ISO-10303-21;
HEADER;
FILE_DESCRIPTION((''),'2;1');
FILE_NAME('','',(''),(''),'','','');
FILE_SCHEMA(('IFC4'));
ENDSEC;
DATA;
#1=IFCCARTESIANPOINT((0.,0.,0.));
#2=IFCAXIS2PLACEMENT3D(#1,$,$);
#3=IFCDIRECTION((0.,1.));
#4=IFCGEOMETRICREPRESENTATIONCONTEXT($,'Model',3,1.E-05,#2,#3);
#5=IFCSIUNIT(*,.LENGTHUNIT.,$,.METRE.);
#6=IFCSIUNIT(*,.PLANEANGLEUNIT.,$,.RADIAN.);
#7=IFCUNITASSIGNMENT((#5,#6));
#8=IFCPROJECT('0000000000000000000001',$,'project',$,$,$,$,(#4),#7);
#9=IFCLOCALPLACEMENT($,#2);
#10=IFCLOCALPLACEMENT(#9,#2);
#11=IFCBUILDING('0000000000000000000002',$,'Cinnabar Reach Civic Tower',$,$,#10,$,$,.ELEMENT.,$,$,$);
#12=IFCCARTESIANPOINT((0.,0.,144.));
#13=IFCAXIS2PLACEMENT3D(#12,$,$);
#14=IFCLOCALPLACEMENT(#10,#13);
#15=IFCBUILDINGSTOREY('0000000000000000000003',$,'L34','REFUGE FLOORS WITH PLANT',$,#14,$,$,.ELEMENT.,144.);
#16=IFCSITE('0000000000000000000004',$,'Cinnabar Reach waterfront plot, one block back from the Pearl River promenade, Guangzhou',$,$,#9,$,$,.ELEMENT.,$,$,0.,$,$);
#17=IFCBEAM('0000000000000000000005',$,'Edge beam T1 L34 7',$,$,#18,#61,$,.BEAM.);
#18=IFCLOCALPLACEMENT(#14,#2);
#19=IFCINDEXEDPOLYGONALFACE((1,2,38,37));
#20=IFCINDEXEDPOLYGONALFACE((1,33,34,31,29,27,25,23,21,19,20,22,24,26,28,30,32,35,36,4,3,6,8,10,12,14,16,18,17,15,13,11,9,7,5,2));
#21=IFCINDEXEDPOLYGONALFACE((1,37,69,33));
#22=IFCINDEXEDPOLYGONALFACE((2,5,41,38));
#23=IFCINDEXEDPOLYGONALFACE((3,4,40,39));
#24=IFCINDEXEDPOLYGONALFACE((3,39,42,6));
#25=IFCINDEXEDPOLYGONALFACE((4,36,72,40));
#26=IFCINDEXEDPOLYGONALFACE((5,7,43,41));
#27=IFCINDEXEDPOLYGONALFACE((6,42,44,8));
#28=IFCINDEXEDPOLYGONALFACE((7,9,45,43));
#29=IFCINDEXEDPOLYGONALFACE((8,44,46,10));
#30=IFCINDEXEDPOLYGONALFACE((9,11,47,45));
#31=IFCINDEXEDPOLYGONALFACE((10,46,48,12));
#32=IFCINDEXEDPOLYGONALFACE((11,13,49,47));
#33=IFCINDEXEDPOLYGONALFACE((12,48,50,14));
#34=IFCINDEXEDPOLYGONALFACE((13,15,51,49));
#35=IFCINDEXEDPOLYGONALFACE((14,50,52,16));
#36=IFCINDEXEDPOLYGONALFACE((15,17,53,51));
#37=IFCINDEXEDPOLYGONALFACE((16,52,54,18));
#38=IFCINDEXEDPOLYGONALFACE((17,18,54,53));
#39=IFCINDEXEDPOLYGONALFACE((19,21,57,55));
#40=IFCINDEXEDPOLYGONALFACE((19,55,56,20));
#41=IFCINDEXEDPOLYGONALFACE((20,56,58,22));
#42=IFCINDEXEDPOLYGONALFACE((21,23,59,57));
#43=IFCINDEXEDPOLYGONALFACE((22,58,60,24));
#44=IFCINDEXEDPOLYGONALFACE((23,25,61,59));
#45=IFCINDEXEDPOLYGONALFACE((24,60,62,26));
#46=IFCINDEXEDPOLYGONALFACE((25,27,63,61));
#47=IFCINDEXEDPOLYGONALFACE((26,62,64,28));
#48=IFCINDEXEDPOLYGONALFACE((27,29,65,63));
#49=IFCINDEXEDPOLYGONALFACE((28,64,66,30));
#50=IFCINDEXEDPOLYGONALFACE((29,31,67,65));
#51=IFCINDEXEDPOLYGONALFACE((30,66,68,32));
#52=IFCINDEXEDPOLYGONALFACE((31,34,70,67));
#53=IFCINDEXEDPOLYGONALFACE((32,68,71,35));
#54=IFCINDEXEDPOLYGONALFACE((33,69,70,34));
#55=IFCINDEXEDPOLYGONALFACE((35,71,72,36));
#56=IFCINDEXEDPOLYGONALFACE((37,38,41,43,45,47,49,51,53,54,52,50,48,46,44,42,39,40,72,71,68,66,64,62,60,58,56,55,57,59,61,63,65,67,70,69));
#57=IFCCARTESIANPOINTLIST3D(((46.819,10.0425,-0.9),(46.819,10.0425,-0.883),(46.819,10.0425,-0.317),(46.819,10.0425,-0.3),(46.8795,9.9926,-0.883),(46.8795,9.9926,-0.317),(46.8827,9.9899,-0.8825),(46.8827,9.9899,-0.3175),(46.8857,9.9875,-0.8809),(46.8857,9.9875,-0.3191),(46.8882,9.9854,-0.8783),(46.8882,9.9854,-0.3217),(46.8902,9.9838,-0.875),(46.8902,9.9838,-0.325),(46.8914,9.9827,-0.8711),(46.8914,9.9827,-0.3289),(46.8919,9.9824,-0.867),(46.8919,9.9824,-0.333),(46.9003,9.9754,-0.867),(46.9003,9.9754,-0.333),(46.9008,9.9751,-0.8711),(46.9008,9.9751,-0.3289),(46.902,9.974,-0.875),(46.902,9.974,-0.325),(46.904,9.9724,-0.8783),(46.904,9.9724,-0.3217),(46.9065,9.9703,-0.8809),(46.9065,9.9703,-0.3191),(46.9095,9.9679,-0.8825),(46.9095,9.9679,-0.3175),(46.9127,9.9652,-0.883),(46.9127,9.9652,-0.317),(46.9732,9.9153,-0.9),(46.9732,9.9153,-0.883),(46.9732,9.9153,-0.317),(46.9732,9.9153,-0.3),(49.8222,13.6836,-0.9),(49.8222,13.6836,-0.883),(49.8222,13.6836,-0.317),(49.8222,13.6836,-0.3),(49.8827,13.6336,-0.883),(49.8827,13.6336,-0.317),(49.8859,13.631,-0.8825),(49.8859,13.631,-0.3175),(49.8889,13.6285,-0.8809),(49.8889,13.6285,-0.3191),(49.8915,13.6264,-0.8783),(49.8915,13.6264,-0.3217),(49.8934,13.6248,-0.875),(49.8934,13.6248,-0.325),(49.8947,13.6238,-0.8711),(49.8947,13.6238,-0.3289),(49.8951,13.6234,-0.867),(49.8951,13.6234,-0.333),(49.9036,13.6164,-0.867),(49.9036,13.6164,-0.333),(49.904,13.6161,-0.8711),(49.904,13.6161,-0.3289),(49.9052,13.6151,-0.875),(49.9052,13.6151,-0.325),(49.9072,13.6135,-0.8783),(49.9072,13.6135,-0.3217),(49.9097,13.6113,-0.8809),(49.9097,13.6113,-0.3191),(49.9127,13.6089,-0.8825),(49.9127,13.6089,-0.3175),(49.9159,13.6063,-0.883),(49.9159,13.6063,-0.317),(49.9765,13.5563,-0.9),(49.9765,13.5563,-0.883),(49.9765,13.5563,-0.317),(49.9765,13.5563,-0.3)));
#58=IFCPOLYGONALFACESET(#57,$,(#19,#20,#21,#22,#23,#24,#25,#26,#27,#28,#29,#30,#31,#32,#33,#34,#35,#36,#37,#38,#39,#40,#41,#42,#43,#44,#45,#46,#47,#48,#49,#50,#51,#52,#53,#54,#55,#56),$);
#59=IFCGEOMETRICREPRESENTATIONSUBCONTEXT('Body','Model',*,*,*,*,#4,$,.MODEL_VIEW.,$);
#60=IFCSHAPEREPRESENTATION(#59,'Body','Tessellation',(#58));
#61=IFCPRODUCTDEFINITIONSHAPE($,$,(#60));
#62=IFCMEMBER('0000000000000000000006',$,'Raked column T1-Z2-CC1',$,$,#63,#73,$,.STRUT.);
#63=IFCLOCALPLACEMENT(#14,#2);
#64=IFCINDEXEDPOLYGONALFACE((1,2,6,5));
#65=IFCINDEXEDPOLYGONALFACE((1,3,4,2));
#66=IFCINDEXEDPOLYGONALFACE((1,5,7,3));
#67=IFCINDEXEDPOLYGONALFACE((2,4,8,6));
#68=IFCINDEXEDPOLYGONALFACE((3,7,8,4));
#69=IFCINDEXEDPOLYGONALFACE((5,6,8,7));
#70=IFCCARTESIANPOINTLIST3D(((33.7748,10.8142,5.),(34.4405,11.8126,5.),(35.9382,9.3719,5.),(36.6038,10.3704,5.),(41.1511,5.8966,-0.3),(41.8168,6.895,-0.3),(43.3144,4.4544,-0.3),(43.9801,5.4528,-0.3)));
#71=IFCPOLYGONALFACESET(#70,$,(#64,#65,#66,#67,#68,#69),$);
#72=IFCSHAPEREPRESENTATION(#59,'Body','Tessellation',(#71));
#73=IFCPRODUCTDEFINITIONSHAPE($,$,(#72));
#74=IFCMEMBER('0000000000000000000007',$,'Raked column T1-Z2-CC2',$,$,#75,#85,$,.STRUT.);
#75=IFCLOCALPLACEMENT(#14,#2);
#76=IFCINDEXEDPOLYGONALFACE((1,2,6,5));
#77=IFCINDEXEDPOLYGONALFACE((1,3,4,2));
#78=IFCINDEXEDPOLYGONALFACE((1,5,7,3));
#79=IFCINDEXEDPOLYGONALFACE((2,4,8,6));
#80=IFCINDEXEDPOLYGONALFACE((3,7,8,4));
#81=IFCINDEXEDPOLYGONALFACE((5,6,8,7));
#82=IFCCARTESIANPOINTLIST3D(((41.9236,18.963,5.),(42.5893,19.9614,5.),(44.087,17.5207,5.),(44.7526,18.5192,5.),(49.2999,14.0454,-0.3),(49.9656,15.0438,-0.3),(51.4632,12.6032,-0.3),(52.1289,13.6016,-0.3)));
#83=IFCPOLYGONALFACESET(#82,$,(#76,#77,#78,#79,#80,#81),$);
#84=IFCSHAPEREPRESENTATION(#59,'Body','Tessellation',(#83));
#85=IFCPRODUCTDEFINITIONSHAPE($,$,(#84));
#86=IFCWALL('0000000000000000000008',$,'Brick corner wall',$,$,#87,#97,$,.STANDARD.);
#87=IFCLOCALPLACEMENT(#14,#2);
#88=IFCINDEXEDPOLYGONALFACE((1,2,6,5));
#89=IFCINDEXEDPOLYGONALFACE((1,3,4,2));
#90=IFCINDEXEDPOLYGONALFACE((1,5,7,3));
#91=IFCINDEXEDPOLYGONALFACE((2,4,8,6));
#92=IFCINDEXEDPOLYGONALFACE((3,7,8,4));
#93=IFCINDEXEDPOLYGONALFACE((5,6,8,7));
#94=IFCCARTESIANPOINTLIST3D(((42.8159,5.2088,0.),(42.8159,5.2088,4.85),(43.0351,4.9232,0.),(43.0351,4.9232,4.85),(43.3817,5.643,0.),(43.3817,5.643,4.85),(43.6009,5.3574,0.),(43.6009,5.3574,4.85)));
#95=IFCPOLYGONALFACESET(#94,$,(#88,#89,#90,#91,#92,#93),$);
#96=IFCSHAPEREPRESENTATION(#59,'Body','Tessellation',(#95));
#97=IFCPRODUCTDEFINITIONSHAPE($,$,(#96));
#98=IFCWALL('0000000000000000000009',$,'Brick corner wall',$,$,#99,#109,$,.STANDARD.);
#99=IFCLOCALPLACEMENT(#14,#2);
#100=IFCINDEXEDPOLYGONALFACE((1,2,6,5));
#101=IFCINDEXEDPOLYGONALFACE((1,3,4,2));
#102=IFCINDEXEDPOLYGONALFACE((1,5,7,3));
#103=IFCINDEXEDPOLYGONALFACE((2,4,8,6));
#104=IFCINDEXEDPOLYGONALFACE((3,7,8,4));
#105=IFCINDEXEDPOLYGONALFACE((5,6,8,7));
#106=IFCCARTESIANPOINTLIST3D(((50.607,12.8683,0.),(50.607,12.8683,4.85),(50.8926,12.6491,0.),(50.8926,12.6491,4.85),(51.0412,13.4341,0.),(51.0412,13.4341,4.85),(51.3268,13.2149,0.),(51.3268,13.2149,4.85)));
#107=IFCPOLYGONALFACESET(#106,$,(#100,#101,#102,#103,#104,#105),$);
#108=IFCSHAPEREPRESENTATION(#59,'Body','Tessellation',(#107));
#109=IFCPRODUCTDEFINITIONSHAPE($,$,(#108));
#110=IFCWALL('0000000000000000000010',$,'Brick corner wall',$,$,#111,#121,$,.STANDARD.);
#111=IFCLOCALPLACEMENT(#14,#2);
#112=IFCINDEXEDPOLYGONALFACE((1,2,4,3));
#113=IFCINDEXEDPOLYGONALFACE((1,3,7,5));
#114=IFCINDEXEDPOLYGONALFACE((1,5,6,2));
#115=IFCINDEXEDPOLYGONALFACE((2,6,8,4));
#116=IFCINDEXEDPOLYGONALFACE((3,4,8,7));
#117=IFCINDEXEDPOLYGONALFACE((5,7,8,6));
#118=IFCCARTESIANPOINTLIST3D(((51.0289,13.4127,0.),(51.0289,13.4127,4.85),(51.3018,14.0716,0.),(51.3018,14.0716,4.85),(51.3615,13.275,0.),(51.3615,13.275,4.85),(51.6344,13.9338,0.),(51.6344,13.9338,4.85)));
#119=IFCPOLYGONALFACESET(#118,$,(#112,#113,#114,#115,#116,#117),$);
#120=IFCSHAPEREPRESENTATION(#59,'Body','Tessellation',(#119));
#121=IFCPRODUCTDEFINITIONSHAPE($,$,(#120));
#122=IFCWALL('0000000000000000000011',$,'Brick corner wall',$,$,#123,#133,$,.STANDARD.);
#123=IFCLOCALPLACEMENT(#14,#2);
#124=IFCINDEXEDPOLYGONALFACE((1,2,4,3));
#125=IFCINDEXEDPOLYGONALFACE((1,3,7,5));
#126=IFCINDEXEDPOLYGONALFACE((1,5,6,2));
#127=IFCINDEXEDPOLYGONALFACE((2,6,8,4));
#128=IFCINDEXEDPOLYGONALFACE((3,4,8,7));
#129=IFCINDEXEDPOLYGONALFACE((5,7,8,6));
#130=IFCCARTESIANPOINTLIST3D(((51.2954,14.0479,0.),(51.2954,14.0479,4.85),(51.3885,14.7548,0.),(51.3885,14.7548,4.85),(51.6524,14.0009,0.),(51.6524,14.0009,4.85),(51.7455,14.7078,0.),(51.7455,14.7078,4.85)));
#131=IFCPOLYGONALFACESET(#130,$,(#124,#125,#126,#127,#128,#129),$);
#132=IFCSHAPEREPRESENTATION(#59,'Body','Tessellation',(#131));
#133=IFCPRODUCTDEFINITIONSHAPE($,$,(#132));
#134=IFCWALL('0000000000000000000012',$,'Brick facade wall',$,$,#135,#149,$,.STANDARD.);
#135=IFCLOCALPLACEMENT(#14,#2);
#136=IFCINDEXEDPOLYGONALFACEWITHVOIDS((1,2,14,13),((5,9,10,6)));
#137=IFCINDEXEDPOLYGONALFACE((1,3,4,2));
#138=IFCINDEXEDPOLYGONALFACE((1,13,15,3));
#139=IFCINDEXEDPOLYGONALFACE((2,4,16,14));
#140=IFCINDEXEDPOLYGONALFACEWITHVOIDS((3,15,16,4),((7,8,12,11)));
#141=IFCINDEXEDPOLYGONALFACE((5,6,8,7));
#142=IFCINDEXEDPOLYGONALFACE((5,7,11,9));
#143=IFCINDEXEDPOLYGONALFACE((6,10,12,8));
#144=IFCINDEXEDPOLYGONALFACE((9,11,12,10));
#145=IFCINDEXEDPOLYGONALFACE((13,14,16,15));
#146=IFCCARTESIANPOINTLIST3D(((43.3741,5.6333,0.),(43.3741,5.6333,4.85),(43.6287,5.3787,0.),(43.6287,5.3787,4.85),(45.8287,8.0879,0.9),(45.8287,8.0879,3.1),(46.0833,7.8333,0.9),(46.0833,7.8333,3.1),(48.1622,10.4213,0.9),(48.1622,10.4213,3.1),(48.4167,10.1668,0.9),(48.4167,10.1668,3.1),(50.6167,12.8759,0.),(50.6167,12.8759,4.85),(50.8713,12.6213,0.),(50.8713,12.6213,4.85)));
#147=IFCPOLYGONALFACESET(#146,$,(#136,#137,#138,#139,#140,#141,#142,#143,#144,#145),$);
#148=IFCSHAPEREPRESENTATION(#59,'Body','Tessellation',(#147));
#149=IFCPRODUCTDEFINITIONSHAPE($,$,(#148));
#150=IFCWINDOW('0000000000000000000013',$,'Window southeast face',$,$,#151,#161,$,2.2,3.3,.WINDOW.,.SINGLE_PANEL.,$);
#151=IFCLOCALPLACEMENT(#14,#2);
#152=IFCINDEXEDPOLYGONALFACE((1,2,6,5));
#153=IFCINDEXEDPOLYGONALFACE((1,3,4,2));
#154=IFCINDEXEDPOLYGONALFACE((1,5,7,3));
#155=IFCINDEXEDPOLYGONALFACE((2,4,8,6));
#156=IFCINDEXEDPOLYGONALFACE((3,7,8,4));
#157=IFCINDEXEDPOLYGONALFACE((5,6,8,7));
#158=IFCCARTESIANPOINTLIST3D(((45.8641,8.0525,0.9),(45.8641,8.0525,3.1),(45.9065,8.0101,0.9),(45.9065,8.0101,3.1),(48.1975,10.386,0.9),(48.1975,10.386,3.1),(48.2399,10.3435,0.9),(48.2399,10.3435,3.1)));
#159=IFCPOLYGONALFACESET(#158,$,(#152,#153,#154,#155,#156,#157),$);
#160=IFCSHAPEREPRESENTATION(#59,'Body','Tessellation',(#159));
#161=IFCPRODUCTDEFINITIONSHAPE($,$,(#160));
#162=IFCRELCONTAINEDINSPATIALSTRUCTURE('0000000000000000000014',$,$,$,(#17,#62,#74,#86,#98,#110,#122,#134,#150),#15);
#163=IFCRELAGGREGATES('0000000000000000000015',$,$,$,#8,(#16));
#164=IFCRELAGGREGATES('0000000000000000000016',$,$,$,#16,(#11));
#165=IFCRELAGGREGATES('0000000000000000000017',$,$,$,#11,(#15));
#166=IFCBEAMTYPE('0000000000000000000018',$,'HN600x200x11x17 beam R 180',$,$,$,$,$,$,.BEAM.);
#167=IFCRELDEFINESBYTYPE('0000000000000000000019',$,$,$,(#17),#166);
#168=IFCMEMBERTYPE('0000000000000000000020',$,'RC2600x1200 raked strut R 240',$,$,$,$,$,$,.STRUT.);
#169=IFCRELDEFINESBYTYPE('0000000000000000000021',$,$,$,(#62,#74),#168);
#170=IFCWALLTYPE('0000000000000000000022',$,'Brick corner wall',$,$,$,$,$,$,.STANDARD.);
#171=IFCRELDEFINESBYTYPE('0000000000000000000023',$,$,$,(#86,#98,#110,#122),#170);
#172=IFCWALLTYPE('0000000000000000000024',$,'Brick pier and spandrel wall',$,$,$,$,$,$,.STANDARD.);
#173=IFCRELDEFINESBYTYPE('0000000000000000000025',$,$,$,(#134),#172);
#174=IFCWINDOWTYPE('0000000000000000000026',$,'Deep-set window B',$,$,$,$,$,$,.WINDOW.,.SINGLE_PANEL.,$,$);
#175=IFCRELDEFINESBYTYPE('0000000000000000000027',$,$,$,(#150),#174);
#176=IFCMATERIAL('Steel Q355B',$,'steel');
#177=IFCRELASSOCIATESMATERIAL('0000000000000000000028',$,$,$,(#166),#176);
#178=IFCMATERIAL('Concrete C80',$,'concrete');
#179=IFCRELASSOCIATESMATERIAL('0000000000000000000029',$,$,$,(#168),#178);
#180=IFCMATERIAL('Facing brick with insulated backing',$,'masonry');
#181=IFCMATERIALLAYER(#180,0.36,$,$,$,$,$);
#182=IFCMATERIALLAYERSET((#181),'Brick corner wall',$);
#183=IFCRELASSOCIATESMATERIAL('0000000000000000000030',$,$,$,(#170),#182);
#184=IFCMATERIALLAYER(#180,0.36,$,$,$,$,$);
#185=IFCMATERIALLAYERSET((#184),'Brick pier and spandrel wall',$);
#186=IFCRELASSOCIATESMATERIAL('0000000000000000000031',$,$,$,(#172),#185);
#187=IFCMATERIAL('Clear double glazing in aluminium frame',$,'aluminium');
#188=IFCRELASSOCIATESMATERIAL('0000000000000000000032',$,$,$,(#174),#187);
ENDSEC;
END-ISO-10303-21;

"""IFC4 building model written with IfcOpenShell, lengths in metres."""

from ifc_helpers import new_model, si_unit, direction, frame, frame_2d, origin, origin_2d, place, context, subcontext, project, spatial, rectangle, i_section, extrude, material, layer, layer_set, material_profile, profile_set, type_object, element, fill, save


model = new_model("IFC4")

# Units and contexts
model_context = context("Model", 3, precision=1e-05, world=origin(), true_north=direction((0.0, 1.0)))
body_context = subcontext(model_context, "Body", "Model", "MODEL_VIEW")
ifc_project = project(units=[si_unit("LENGTHUNIT", "METRE"), si_unit("PLANEANGLEUNIT", "RADIAN")], contexts=[model_context])

# Site, building, storey
site_placement = place(None, origin())
site = spatial("IfcSite", under=ifc_project, at=site_placement, Name="Cinnabar Reach waterfront plot, one block back from the Pearl River promenade, Guangzhou", CompositionType="ELEMENT", RefElevation=0.0)
building_placement = place(site_placement, origin())
building = spatial("IfcBuilding", under=site, at=building_placement, Name="Cinnabar Reach Civic Tower", CompositionType="ELEMENT")
storey_placement = place(building_placement, frame((0.0, 0.0, 144.0)))
storey = spatial("IfcBuildingStorey", under=building, at=storey_placement, Name="L34", Description="REFUGE FLOORS WITH PLANT", CompositionType="ELEMENT", Elevation=144.0)

# Shared definitions
ifc_material_1 = material(Name="Concrete C80", Category="concrete")

# Beam
ifc_material_2 = material(Name="Steel Q355B", Category="steel")
ifc_material_profile_1 = material_profile(ifc_material_2, i_section(OverallWidth=0.2, OverallDepth=0.6, WebThickness=0.011, FlangeThickness=0.017, FilletRadius=0.016, at=origin_2d()), Name="HN600x200x11x17")
ifc_profile_set_1 = profile_set([ifc_material_profile_1], Name="Steel Q355B")
beam_type_1 = type_object("IfcBeamType", Name="HN600x200x11x17 beam R 180", PredefinedType="BEAM", material=ifc_profile_set_1)
for number, where, z_axis, x_axis, name in (
    (1, (46.8961, 9.9789, -0.6), (0.636304, 0.771438, 0.0), (-0.771438, 0.636304, 0.0), "Edge beam T1 L34 7"),
):
    element("IfcBeam", number, at=place(storey_placement, frame(where, z_axis=z_axis, x_axis=x_axis)), inside=storey, type_object=beam_type_1, Name=name, PredefinedType="BEAM", context=body_context, shape_type="SweptSolid", body=[
        extrude(i_section(OverallWidth=0.2, OverallDepth=0.6, WebThickness=0.011, FlangeThickness=0.017, FilletRadius=0.016, at=origin_2d()), origin(), (0.0, 0.0, 1.0), 4.7198),
    ])

# Members
ifc_material_profile_2 = material_profile(ifc_material_1, rectangle(XDim=2.6, YDim=1.2, at=origin_2d()), Name="RC2600x1200")
ifc_profile_set_2 = profile_set([ifc_material_profile_2], Name="Concrete C80")
member_type = type_object("IfcMemberType", Name="RC2600x1200 raked strut R 240", PredefinedType="STRUT", material=ifc_profile_set_2)
for number, where, z_axis, x_axis, name in (
    (2, (42.5656, 5.6747, -0.3), (0.0, 0.0, 1.0), (-0.832051, 0.554699, 0.0), "Raked column T1-Z2-CC1"),
    (3, (50.7144, 13.8235, -0.3), (0.0, 0.0, 1.0), (-0.832051, 0.554699, 0.0), "Raked column T1-Z2-CC2"),
):
    element("IfcMember", number, at=place(storey_placement, frame(where, z_axis=z_axis, x_axis=x_axis)), inside=storey, type_object=member_type, Name=name, PredefinedType="STRUT", context=body_context, shape_type="SweptSolid", body=[
        extrude(rectangle(XDim=2.6, YDim=1.2, at=origin_2d()), origin(), (0.85831, -0.000006, 0.513132), 10.3287),
    ])

# Walls
ifc_material_3 = material(Name="Facing brick with insulated backing", Category="masonry")
ifc_layer_1 = layer(ifc_material_3, 0.36)
ifc_layer_set_1 = layer_set([ifc_layer_1], Name="Brick corner wall")
wall_type_1 = type_object("IfcWallType", Name="Brick corner wall", PredefinedType="STANDARD", material=ifc_layer_set_1)
for number, where, z_axis, x_axis, name in (
    (4, (42.9255, 5.066, 0.0), (0.0, 0.0, 1.0), (0.793322, 0.608802, 0.0), "Brick corner wall"),
    (5, (50.7498, 12.7587, 0.0), (0.0, 0.0, 1.0), (0.608802, 0.793322, 0.0), "Brick corner wall"),
):
    element("IfcWall", number, at=place(storey_placement, frame(where, z_axis=z_axis, x_axis=x_axis)), inside=storey, type_object=wall_type_1, Name=name, PredefinedType="STANDARD", context=body_context, shape_type="SweptSolid", body=[
        extrude(rectangle(XDim=0.7132, YDim=0.36, at=frame_2d((0.3566, 0.0))), origin(), (0.0, 0.0, 1.0), 4.85),
    ])
for number, where, z_axis, x_axis, name in (
    (6, (51.1952, 13.3439, 0.0), (0.0, 0.0, 1.0), (0.382703, 0.923872, 0.0), "Brick corner wall"),
    (7, (51.4739, 14.0244, 0.0), (0.0, 0.0, 1.0), (0.130556, 0.991441, 0.0), "Brick corner wall"),
):
    element("IfcWall", number, at=place(storey_placement, frame(where, z_axis=z_axis, x_axis=x_axis)), inside=storey, type_object=wall_type_1, Name=name, PredefinedType="STANDARD", context=body_context, shape_type="SweptSolid", body=[
        extrude(rectangle(XDim=0.7131, YDim=0.36, at=frame_2d((0.3565, 0.0))), origin(), (0.0, 0.0, 1.0), 4.85),
    ])

# Wall, opening, window
ifc_layer_2 = layer(ifc_material_3, 0.36)
ifc_layer_set_2 = layer_set([ifc_layer_2], Name="Brick pier and spandrel wall")
wall_type_2 = type_object("IfcWallType", Name="Brick pier and spandrel wall", PredefinedType="STANDARD", material=ifc_layer_set_2)
wall_1_placement = place(storey_placement, frame((43.5014, 5.506, 0.0), z_axis=(0.0, 0.0, 1.0), x_axis=(0.707107, 0.707107, 0.0)))
wall_1 = element("IfcWall", 8, at=wall_1_placement, inside=storey, type_object=wall_type_2, Name="Brick facade wall", PredefinedType="STANDARD", context=body_context, shape_type="SweptSolid", body=[
    extrude(rectangle(XDim=10.2426, YDim=0.36, at=frame_2d((5.1213, 0.0))), origin(), (0.0, 0.0, 1.0), 4.85),
])
opening_1_placement = place(wall_1_placement, frame((3.4713, 0.0, 0.9)))
opening_1 = element("IfcOpeningElement", 9, at=opening_1_placement, cuts=wall_1, PredefinedType="OPENING", context=body_context, shape_type="SweptSolid", body=[
    extrude(rectangle(XDim=3.3, YDim=2.2, at=frame_2d((1.65, 1.1))), frame((0.0, 0.19, 0.0), z_axis=(0.0, -1.0, 0.0), x_axis=(1.0, 0.0, 0.0)), (0.0, 0.0, 1.0), 0.38),
])
ifc_material_4 = material(Name="Clear double glazing in aluminium frame", Category="aluminium")
window_type = type_object("IfcWindowType", Name="Deep-set window B", PartitioningType="SINGLE_PANEL", PredefinedType="WINDOW", material=ifc_material_4)
window_placement = place(opening_1_placement, origin())
window = element("IfcWindow", 10, at=window_placement, inside=storey, type_object=window_type, Name="Window southeast face", OverallHeight=2.2, OverallWidth=3.3, PartitioningType="SINGLE_PANEL", PredefinedType="WINDOW", context=body_context, shape_type="SweptSolid", body=[
    extrude(rectangle(XDim=3.3, YDim=2.2, at=frame_2d((1.65, 1.1))), frame((0.0, 0.13, 0.0), z_axis=(0.0, -1.0, 0.0), x_axis=(1.0, 0.0, 0.0)), (0.0, 0.0, 1.0), 0.06),
])
fill(opening_1, window)

save(model, "model.ifc")
